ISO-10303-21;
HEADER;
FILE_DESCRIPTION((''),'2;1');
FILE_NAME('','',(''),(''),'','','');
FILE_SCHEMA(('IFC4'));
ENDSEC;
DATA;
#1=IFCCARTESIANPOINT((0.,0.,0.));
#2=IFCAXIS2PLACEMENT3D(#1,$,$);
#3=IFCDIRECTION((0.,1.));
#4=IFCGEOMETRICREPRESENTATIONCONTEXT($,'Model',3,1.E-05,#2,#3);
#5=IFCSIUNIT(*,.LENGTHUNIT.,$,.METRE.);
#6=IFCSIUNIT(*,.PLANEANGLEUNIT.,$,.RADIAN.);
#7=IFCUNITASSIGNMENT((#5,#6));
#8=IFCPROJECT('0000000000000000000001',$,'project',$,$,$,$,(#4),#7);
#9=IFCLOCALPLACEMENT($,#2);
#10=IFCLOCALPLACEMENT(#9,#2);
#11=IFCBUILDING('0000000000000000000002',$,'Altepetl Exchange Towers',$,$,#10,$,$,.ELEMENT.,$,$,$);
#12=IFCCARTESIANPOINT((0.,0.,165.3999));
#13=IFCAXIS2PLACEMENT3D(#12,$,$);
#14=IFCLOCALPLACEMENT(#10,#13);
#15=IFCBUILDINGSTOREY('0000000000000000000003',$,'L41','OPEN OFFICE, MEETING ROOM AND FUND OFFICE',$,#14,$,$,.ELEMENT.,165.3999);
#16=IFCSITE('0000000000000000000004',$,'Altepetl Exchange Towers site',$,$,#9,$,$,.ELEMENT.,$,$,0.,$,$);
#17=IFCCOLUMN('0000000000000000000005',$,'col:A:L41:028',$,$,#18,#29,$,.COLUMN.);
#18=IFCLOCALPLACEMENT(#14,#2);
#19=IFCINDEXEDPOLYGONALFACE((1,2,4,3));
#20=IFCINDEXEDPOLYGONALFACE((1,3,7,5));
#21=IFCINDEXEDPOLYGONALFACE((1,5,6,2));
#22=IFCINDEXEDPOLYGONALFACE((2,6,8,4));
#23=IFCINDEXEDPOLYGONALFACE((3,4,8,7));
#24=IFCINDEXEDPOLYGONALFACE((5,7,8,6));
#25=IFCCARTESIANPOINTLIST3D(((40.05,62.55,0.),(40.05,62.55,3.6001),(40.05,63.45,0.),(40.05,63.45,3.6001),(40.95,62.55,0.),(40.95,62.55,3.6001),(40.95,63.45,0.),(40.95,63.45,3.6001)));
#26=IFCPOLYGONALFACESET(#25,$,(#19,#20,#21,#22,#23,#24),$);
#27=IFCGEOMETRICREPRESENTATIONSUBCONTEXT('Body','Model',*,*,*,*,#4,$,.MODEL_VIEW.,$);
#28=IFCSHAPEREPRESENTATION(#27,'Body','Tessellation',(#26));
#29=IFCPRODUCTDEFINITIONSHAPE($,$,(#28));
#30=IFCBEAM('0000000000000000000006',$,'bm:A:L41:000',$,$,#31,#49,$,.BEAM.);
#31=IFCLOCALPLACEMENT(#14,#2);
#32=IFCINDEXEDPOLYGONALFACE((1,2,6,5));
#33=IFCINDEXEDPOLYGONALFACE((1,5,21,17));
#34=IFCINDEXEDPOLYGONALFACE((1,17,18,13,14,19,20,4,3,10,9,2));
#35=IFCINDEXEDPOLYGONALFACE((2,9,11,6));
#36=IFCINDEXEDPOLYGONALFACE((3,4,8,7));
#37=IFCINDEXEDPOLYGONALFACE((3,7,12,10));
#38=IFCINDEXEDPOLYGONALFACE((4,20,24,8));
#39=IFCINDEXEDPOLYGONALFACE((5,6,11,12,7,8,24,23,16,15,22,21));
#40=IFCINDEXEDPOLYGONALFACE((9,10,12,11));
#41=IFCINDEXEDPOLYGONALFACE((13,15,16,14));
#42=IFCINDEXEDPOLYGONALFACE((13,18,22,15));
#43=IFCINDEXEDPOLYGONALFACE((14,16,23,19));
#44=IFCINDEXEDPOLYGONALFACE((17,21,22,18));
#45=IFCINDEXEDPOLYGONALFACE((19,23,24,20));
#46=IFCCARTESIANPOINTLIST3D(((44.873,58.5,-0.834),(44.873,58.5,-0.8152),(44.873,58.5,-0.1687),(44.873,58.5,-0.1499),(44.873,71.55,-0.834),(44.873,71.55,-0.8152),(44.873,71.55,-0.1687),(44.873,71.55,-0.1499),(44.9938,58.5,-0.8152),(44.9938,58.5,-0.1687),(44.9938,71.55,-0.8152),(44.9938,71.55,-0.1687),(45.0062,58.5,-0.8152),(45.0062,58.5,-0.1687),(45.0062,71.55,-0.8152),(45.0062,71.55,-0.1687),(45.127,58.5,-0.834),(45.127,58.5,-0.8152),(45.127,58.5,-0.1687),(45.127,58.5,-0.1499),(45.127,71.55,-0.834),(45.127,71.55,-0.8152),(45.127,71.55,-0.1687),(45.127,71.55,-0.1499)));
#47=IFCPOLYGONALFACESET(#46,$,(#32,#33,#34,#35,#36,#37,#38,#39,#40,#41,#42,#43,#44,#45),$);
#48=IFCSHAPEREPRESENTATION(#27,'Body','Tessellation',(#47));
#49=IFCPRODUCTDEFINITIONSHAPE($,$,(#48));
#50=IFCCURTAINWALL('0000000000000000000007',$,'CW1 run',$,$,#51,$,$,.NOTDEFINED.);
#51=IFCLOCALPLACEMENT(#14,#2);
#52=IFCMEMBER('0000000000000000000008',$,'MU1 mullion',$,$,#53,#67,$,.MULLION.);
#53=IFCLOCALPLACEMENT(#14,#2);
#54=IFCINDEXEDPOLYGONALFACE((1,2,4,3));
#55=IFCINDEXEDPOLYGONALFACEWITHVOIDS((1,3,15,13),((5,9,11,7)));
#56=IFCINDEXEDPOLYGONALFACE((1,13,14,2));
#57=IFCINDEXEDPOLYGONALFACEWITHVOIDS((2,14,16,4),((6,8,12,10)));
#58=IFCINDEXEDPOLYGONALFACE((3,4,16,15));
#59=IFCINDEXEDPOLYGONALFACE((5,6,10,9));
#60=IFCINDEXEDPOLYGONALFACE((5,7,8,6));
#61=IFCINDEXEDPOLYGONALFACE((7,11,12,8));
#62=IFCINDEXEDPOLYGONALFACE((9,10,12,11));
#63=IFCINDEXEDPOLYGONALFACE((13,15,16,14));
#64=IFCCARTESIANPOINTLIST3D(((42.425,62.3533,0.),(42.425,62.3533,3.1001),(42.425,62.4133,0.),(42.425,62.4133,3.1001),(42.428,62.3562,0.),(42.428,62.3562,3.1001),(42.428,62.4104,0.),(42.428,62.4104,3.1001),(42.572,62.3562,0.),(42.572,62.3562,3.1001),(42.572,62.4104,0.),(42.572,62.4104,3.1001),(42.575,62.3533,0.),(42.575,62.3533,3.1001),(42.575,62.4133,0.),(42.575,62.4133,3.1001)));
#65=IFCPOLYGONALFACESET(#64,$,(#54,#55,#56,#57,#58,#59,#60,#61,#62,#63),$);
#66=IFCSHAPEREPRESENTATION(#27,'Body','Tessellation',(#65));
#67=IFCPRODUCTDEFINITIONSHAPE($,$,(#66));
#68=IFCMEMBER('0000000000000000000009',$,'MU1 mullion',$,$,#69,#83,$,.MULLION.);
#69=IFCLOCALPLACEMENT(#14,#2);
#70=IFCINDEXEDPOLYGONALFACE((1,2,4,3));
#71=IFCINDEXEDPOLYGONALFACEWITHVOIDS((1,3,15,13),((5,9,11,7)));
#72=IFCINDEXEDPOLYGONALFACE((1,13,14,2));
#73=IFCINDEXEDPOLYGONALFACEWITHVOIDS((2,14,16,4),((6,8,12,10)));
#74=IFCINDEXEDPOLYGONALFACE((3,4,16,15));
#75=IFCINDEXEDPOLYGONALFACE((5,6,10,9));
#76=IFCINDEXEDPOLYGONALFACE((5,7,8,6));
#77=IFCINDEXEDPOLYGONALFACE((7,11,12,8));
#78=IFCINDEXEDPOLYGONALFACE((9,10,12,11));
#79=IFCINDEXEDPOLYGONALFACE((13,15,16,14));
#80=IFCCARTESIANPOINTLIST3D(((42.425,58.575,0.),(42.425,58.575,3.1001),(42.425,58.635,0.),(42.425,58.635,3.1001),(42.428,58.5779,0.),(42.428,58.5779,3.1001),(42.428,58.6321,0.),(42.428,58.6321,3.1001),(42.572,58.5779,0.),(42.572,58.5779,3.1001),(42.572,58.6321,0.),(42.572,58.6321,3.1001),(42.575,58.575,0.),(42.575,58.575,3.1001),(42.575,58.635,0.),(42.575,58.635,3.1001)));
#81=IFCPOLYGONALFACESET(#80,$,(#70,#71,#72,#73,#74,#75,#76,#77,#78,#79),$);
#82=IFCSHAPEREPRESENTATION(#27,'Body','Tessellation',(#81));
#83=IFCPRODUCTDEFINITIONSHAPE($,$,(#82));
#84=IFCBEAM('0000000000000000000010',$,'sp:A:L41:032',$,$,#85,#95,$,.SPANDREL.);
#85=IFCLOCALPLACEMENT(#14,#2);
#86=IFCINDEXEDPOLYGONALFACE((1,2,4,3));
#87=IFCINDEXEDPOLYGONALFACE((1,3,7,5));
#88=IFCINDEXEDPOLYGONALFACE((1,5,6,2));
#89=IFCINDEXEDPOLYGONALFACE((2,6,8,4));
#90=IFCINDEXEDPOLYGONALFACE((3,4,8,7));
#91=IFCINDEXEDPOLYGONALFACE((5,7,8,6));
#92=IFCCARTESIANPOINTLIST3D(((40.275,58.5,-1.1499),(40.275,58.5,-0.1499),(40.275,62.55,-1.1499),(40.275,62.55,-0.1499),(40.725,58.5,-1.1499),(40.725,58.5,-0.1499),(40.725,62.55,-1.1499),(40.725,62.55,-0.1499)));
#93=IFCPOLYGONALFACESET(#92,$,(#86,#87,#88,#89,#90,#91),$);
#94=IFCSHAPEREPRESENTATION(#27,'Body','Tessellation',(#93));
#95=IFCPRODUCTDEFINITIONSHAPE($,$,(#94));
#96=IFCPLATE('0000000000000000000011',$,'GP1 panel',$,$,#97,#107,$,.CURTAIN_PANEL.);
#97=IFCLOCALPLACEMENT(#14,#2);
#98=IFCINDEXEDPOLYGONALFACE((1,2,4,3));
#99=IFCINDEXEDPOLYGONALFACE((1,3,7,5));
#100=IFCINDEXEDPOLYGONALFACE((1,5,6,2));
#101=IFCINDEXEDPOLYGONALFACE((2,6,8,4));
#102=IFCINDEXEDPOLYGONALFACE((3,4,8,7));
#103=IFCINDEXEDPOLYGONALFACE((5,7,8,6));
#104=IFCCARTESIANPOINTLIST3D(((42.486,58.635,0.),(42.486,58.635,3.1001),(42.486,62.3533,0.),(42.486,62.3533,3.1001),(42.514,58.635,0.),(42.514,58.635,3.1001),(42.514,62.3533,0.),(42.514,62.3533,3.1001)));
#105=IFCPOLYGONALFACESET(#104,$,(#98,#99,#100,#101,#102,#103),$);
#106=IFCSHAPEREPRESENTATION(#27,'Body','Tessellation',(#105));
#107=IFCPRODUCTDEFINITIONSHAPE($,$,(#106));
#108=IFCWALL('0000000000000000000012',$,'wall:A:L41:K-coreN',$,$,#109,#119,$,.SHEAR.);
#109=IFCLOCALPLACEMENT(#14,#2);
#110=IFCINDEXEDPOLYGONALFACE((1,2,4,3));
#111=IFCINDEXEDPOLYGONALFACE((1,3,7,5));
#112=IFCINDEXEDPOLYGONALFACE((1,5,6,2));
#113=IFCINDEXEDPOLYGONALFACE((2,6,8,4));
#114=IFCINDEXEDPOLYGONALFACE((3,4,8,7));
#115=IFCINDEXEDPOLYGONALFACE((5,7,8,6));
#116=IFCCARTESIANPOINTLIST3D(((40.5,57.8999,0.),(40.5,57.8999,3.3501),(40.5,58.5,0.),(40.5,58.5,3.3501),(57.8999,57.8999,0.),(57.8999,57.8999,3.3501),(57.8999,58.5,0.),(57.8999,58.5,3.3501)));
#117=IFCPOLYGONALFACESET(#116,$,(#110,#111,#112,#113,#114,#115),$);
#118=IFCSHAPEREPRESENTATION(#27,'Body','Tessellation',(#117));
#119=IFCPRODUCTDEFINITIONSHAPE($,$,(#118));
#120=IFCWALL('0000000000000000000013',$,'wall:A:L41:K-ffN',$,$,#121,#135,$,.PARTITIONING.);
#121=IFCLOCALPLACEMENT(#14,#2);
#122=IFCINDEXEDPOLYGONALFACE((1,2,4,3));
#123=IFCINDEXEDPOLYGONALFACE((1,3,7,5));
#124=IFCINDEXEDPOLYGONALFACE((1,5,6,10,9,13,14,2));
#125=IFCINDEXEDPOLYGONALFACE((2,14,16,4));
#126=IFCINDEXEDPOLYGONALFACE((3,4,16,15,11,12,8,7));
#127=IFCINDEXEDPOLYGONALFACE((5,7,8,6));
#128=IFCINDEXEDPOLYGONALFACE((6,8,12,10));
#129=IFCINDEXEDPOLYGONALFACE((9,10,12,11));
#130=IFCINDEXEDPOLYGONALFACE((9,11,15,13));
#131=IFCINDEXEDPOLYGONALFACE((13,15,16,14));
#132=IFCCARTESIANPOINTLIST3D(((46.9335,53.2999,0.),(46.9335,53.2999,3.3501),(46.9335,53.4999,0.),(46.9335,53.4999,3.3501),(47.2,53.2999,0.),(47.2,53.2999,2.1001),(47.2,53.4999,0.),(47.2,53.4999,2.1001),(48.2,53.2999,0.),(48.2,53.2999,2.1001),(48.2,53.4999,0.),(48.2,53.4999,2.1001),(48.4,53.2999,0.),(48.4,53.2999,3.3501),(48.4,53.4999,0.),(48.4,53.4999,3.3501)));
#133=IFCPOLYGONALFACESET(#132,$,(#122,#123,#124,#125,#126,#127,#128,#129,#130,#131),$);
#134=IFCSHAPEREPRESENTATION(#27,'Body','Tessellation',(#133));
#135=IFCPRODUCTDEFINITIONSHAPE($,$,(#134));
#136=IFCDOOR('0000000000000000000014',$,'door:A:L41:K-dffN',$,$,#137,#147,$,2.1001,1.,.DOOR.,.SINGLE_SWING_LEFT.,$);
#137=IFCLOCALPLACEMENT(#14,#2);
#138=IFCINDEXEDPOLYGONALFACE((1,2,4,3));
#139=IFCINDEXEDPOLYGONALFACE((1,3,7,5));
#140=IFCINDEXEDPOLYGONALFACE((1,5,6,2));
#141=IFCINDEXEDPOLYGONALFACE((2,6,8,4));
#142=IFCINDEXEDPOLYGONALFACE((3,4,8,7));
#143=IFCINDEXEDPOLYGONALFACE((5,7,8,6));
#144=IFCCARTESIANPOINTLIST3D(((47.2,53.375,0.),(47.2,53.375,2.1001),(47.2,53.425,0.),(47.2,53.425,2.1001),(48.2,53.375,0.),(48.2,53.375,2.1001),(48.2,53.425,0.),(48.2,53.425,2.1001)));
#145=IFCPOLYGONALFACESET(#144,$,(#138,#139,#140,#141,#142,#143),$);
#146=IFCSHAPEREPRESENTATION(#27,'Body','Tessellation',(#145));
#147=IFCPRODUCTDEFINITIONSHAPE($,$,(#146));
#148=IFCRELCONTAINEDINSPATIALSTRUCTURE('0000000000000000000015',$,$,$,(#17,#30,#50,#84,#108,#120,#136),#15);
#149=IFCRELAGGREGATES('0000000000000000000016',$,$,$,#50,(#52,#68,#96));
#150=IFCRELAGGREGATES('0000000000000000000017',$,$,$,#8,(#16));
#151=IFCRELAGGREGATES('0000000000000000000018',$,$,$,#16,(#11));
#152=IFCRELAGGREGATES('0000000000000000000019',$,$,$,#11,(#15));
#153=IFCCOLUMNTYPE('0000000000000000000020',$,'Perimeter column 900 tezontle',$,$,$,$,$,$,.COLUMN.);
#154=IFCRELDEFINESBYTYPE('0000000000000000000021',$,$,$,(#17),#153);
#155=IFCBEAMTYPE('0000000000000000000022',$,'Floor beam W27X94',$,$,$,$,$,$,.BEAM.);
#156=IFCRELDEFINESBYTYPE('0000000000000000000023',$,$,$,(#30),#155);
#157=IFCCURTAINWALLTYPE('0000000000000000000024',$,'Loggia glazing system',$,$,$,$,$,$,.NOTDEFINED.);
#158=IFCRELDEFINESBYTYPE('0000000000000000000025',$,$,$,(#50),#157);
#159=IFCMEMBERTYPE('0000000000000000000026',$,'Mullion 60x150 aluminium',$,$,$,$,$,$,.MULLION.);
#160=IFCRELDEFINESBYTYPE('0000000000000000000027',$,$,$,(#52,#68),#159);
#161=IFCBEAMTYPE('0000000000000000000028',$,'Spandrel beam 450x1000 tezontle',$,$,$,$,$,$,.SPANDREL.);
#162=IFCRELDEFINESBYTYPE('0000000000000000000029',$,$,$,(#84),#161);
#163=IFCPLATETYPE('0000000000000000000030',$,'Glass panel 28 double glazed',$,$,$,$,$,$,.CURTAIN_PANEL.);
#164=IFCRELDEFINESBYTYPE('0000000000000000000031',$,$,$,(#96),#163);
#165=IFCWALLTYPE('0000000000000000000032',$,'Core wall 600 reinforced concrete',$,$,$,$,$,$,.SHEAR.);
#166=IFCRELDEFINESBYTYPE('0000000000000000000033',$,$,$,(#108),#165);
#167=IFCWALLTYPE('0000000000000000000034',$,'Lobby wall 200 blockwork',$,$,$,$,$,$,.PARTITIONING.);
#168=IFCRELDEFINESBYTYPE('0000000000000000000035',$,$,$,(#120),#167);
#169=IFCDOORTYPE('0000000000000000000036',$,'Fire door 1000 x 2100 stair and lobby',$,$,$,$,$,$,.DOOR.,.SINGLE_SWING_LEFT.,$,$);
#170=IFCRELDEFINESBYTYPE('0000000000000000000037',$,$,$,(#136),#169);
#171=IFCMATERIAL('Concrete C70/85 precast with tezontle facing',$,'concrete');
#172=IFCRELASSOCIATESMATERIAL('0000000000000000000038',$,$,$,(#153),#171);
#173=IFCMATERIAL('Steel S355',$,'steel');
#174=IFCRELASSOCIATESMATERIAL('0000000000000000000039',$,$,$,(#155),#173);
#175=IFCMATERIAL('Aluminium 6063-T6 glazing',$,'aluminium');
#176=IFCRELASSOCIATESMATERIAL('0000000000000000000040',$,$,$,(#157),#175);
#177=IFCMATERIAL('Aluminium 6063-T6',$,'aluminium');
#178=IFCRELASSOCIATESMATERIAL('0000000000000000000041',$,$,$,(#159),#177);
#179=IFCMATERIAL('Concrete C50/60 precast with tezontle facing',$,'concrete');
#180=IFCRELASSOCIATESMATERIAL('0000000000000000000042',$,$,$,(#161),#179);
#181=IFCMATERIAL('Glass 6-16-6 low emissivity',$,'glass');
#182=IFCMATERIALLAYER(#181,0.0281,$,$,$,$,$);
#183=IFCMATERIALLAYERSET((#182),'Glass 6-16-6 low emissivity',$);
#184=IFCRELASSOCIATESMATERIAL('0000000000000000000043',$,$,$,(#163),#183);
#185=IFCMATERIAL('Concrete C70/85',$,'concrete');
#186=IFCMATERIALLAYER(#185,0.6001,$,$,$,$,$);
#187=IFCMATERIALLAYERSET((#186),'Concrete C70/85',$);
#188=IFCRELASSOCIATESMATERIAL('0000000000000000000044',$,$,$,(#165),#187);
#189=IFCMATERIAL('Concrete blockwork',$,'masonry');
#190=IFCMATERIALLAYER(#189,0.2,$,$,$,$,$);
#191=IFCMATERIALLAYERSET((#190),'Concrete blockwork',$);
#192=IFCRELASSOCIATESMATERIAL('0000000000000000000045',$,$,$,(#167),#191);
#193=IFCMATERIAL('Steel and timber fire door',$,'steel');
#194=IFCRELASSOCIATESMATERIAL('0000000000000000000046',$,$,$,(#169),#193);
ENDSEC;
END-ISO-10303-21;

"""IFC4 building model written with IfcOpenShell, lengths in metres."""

from ifc_helpers import new_model, si_unit, direction, frame, frame_2d, origin, origin_2d, place, context, subcontext, project, spatial, rectangle, hollow_rectangle, i_section, extrude, material, layer, layer_set, material_profile, profile_set, type_object, element, fill, aggregate, save


model = new_model("IFC4")

# Units and contexts
model_context = context("Model", 3, precision=1e-05, world=origin(), true_north=direction((0.0, 1.0)))
body_context = subcontext(model_context, "Body", "Model", "MODEL_VIEW")
ifc_project = project(units=[si_unit("LENGTHUNIT", "METRE"), si_unit("PLANEANGLEUNIT", "RADIAN")], contexts=[model_context])

# Site, building, storey
site_placement = place(None, origin())
site = spatial("IfcSite", under=ifc_project, at=site_placement, Name="Altepetl Exchange Towers site", CompositionType="ELEMENT", RefElevation=0.0)
building_placement = place(site_placement, origin())
building = spatial("IfcBuilding", under=site, at=building_placement, Name="Altepetl Exchange Towers", CompositionType="ELEMENT")
storey_placement = place(building_placement, frame((0.0, 0.0, 165.3999)))
storey = spatial("IfcBuildingStorey", under=building, at=storey_placement, Name="L41", Description="OPEN OFFICE, MEETING ROOM AND FUND OFFICE", CompositionType="ELEMENT", Elevation=165.3999)

# Column
ifc_material_1 = material(Name="Concrete C70/85 precast with tezontle facing", Category="concrete")
ifc_material_profile_1 = material_profile(ifc_material_1, rectangle(XDim=0.8999, YDim=0.8999, at=origin_2d()), Name="900 x 900")
ifc_profile_set_1 = profile_set([ifc_material_profile_1], Name="Concrete C70/85 precast with tezontle facing")
column_type = type_object("IfcColumnType", Name="Perimeter column 900 tezontle", PredefinedType="COLUMN", material=ifc_profile_set_1)
column_placement = place(storey_placement, frame((40.5, 63.0, 0.0)))
element("IfcColumn", 1, at=column_placement, inside=storey, type_object=column_type, Name="col:A:L41:028", PredefinedType="COLUMN", context=body_context, shape_type="SweptSolid", body=[
    extrude(rectangle(XDim=0.8999, YDim=0.8999, at=origin_2d()), origin(), (0.0, 0.0, 1.0), 3.6001),
])

# Beam
ifc_material_2 = material(Name="Steel S355", Category="steel")
ifc_material_profile_2 = material_profile(ifc_material_2, i_section(OverallWidth=0.2539, OverallDepth=0.6841, WebThickness=0.0125, FlangeThickness=0.0188, at=origin_2d()), Name="W27X94")
ifc_profile_set_2 = profile_set([ifc_material_profile_2], Name="Steel S355")
beam_type_1 = type_object("IfcBeamType", Name="Floor beam W27X94", PredefinedType="BEAM", material=ifc_profile_set_2)
beam_1_placement = place(storey_placement, frame((45.0, 58.5, -0.4919), z_axis=(0.0, 1.0, 0.0), x_axis=(-1.0, 0.0, 0.0)))
element("IfcBeam", 2, at=beam_1_placement, inside=storey, type_object=beam_type_1, Name="bm:A:L41:000", PredefinedType="BEAM", context=body_context, shape_type="SweptSolid", body=[
    extrude(i_section(OverallWidth=0.2539, OverallDepth=0.6841, WebThickness=0.0125, FlangeThickness=0.0188, at=origin_2d()), origin(), (0.0, 0.0, 1.0), 13.05),
])

# Curtain wall, members
ifc_material_3 = material(Name="Aluminium 6063-T6 glazing", Category="aluminium")
curtain_wall_type = type_object("IfcCurtainWallType", Name="Loggia glazing system", PredefinedType="NOTDEFINED", material=ifc_material_3)
curtain_wall_placement = place(storey_placement, origin())
curtain_wall = element("IfcCurtainWall", 3, at=curtain_wall_placement, inside=storey, type_object=curtain_wall_type, Name="CW1 run", PredefinedType="NOTDEFINED")
ifc_material_4 = material(Name="Aluminium 6063-T6", Category="aluminium")
ifc_material_profile_3 = material_profile(ifc_material_4, hollow_rectangle(XDim=0.0601, YDim=0.1499, WallThickness=0.0029, at=origin_2d()), Name="Mullion 60x150 aluminium")
ifc_profile_set_3 = profile_set([ifc_material_profile_3], Name="Aluminium 6063-T6")
member_type = type_object("IfcMemberType", Name="Mullion 60x150 aluminium", PredefinedType="MULLION", material=ifc_profile_set_3)
member_1_placement = place(storey_placement, frame((42.5, 62.3833, 0.0), z_axis=(0.0, 0.0, 1.0), x_axis=(0.0, -1.0, 0.0)))
member_1 = element("IfcMember", 4, at=member_1_placement, type_object=member_type, Name="MU1 mullion", PredefinedType="MULLION", context=body_context, shape_type="SweptSolid", body=[
    extrude(hollow_rectangle(XDim=0.0601, YDim=0.1499, WallThickness=0.0029, at=origin_2d()), origin(), (0.0, 0.0, 1.0), 3.1001),
])
member_2_placement = place(storey_placement, frame((42.5, 58.605, 0.0), z_axis=(0.0, 0.0, 1.0), x_axis=(0.0, -1.0, 0.0)))
member_2 = element("IfcMember", 5, at=member_2_placement, type_object=member_type, Name="MU1 mullion", PredefinedType="MULLION", context=body_context, shape_type="SweptSolid", body=[
    extrude(hollow_rectangle(XDim=0.0601, YDim=0.1499, WallThickness=0.0029, at=origin_2d()), origin(), (0.0, 0.0, 1.0), 3.1001),
])

# Beam
ifc_material_5 = material(Name="Concrete C50/60 precast with tezontle facing", Category="concrete")
ifc_material_profile_4 = material_profile(ifc_material_5, rectangle(XDim=0.45, YDim=1.0, at=origin_2d()), Name="450 x 1000")
ifc_profile_set_4 = profile_set([ifc_material_profile_4], Name="Concrete C50/60 precast with tezontle facing")
beam_type_2 = type_object("IfcBeamType", Name="Spandrel beam 450x1000 tezontle", PredefinedType="SPANDREL", material=ifc_profile_set_4)
beam_2_placement = place(storey_placement, frame((40.5, 62.55, -0.6499), z_axis=(0.0, -1.0, 0.0), x_axis=(1.0, 0.0, 0.0)))
element("IfcBeam", 6, at=beam_2_placement, inside=storey, type_object=beam_type_2, Name="sp:A:L41:032", PredefinedType="SPANDREL", context=body_context, shape_type="SweptSolid", body=[
    extrude(rectangle(XDim=0.45, YDim=1.0, at=origin_2d()), origin(), (0.0, 0.0, 1.0), 4.05),
])

# Plate
ifc_material_6 = material(Name="Glass 6-16-6 low emissivity", Category="glass")
ifc_layer_1 = layer(ifc_material_6, 0.0281)
ifc_layer_set_1 = layer_set([ifc_layer_1], Name="Glass 6-16-6 low emissivity")
plate_type = type_object("IfcPlateType", Name="Glass panel 28 double glazed", PredefinedType="CURTAIN_PANEL", material=ifc_layer_set_1)
plate_placement = place(storey_placement, frame((42.5, 60.4941, 0.0), z_axis=(0.0, 0.0, 1.0), x_axis=(0.0, -1.0, 0.0)))
plate = element("IfcPlate", 7, at=plate_placement, type_object=plate_type, Name="GP1 panel", PredefinedType="CURTAIN_PANEL", context=body_context, shape_type="SweptSolid", body=[
    extrude(rectangle(XDim=3.7183, YDim=0.0281, at=origin_2d()), origin(), (0.0, 0.0, 1.0), 3.1001),
])
aggregate(curtain_wall, [member_1, member_2, plate])

# Wall
ifc_material_7 = material(Name="Concrete C70/85", Category="concrete")
ifc_layer_2 = layer(ifc_material_7, 0.6001)
ifc_layer_set_2 = layer_set([ifc_layer_2], Name="Concrete C70/85")
wall_type_1 = type_object("IfcWallType", Name="Core wall 600 reinforced concrete", PredefinedType="SHEAR", material=ifc_layer_set_2)
wall_1_placement = place(storey_placement, frame((40.5, 58.2, 0.0)))
element("IfcWall", 8, at=wall_1_placement, inside=storey, type_object=wall_type_1, Name="wall:A:L41:K-coreN", PredefinedType="SHEAR", context=body_context, shape_type="SweptSolid", body=[
    extrude(rectangle(XDim=17.3999, YDim=0.6001, at=frame_2d((8.7, 0.0))), origin(), (0.0, 0.0, 1.0), 3.3501),
])

# Wall, opening, door
ifc_material_8 = material(Name="Concrete blockwork", Category="masonry")
ifc_layer_3 = layer(ifc_material_8, 0.2)
ifc_layer_set_3 = layer_set([ifc_layer_3], Name="Concrete blockwork")
wall_type_2 = type_object("IfcWallType", Name="Lobby wall 200 blockwork", PredefinedType="PARTITIONING", material=ifc_layer_set_3)
wall_2_placement = place(storey_placement, frame((46.9333, 53.3999, 0.0)))
wall_2 = element("IfcWall", 9, at=wall_2_placement, inside=storey, type_object=wall_type_2, Name="wall:A:L41:K-ffN", PredefinedType="PARTITIONING", context=body_context, shape_type="SweptSolid", body=[
    extrude(rectangle(XDim=1.4666, YDim=0.2, at=frame_2d((0.7334, 0.0))), origin(), (0.0, 0.0, 1.0), 3.3501),
])
opening_1_placement = place(wall_2_placement, frame((0.2666, 0.0, 0.0)))
opening_1 = element("IfcOpeningElement", 10, at=opening_1_placement, cuts=wall_2, PredefinedType="OPENING", context=body_context, shape_type="SweptSolid", body=[
    extrude(rectangle(XDim=1.0, YDim=2.1001, at=frame_2d((0.5, 1.05))), frame((0.0, 0.1099, 0.0), z_axis=(0.0, -1.0, 0.0), x_axis=(1.0, 0.0, 0.0)), (0.0, 0.0, 1.0), 0.22),
])
ifc_material_9 = material(Name="Steel and timber fire door", Category="steel")
door_type_1 = type_object("IfcDoorType", Name="Fire door 1000 x 2100 stair and lobby", OperationType="SINGLE_SWING_LEFT", PredefinedType="DOOR", material=ifc_material_9)
door_1_placement = place(opening_1_placement, frame((1.0, 0.0, 0.0), x_axis=(-1.0, 0.0, 0.0)))
door_1 = element("IfcDoor", 11, at=door_1_placement, inside=storey, type_object=door_type_1, Name="door:A:L41:K-dffN", OperationType="SINGLE_SWING_LEFT", OverallHeight=2.1001, OverallWidth=1.0, PredefinedType="DOOR", context=body_context, shape_type="SweptSolid", body=[
    extrude(rectangle(XDim=1.0, YDim=2.1001, at=frame_2d((0.5, 1.05))), frame((0.0, 0.0249, 0.0), z_axis=(0.0, -1.0, 0.0), x_axis=(1.0, 0.0, 0.0)), (0.0, 0.0, 1.0), 0.05),
])
fill(opening_1, door_1)

save(model, "model.ifc")
